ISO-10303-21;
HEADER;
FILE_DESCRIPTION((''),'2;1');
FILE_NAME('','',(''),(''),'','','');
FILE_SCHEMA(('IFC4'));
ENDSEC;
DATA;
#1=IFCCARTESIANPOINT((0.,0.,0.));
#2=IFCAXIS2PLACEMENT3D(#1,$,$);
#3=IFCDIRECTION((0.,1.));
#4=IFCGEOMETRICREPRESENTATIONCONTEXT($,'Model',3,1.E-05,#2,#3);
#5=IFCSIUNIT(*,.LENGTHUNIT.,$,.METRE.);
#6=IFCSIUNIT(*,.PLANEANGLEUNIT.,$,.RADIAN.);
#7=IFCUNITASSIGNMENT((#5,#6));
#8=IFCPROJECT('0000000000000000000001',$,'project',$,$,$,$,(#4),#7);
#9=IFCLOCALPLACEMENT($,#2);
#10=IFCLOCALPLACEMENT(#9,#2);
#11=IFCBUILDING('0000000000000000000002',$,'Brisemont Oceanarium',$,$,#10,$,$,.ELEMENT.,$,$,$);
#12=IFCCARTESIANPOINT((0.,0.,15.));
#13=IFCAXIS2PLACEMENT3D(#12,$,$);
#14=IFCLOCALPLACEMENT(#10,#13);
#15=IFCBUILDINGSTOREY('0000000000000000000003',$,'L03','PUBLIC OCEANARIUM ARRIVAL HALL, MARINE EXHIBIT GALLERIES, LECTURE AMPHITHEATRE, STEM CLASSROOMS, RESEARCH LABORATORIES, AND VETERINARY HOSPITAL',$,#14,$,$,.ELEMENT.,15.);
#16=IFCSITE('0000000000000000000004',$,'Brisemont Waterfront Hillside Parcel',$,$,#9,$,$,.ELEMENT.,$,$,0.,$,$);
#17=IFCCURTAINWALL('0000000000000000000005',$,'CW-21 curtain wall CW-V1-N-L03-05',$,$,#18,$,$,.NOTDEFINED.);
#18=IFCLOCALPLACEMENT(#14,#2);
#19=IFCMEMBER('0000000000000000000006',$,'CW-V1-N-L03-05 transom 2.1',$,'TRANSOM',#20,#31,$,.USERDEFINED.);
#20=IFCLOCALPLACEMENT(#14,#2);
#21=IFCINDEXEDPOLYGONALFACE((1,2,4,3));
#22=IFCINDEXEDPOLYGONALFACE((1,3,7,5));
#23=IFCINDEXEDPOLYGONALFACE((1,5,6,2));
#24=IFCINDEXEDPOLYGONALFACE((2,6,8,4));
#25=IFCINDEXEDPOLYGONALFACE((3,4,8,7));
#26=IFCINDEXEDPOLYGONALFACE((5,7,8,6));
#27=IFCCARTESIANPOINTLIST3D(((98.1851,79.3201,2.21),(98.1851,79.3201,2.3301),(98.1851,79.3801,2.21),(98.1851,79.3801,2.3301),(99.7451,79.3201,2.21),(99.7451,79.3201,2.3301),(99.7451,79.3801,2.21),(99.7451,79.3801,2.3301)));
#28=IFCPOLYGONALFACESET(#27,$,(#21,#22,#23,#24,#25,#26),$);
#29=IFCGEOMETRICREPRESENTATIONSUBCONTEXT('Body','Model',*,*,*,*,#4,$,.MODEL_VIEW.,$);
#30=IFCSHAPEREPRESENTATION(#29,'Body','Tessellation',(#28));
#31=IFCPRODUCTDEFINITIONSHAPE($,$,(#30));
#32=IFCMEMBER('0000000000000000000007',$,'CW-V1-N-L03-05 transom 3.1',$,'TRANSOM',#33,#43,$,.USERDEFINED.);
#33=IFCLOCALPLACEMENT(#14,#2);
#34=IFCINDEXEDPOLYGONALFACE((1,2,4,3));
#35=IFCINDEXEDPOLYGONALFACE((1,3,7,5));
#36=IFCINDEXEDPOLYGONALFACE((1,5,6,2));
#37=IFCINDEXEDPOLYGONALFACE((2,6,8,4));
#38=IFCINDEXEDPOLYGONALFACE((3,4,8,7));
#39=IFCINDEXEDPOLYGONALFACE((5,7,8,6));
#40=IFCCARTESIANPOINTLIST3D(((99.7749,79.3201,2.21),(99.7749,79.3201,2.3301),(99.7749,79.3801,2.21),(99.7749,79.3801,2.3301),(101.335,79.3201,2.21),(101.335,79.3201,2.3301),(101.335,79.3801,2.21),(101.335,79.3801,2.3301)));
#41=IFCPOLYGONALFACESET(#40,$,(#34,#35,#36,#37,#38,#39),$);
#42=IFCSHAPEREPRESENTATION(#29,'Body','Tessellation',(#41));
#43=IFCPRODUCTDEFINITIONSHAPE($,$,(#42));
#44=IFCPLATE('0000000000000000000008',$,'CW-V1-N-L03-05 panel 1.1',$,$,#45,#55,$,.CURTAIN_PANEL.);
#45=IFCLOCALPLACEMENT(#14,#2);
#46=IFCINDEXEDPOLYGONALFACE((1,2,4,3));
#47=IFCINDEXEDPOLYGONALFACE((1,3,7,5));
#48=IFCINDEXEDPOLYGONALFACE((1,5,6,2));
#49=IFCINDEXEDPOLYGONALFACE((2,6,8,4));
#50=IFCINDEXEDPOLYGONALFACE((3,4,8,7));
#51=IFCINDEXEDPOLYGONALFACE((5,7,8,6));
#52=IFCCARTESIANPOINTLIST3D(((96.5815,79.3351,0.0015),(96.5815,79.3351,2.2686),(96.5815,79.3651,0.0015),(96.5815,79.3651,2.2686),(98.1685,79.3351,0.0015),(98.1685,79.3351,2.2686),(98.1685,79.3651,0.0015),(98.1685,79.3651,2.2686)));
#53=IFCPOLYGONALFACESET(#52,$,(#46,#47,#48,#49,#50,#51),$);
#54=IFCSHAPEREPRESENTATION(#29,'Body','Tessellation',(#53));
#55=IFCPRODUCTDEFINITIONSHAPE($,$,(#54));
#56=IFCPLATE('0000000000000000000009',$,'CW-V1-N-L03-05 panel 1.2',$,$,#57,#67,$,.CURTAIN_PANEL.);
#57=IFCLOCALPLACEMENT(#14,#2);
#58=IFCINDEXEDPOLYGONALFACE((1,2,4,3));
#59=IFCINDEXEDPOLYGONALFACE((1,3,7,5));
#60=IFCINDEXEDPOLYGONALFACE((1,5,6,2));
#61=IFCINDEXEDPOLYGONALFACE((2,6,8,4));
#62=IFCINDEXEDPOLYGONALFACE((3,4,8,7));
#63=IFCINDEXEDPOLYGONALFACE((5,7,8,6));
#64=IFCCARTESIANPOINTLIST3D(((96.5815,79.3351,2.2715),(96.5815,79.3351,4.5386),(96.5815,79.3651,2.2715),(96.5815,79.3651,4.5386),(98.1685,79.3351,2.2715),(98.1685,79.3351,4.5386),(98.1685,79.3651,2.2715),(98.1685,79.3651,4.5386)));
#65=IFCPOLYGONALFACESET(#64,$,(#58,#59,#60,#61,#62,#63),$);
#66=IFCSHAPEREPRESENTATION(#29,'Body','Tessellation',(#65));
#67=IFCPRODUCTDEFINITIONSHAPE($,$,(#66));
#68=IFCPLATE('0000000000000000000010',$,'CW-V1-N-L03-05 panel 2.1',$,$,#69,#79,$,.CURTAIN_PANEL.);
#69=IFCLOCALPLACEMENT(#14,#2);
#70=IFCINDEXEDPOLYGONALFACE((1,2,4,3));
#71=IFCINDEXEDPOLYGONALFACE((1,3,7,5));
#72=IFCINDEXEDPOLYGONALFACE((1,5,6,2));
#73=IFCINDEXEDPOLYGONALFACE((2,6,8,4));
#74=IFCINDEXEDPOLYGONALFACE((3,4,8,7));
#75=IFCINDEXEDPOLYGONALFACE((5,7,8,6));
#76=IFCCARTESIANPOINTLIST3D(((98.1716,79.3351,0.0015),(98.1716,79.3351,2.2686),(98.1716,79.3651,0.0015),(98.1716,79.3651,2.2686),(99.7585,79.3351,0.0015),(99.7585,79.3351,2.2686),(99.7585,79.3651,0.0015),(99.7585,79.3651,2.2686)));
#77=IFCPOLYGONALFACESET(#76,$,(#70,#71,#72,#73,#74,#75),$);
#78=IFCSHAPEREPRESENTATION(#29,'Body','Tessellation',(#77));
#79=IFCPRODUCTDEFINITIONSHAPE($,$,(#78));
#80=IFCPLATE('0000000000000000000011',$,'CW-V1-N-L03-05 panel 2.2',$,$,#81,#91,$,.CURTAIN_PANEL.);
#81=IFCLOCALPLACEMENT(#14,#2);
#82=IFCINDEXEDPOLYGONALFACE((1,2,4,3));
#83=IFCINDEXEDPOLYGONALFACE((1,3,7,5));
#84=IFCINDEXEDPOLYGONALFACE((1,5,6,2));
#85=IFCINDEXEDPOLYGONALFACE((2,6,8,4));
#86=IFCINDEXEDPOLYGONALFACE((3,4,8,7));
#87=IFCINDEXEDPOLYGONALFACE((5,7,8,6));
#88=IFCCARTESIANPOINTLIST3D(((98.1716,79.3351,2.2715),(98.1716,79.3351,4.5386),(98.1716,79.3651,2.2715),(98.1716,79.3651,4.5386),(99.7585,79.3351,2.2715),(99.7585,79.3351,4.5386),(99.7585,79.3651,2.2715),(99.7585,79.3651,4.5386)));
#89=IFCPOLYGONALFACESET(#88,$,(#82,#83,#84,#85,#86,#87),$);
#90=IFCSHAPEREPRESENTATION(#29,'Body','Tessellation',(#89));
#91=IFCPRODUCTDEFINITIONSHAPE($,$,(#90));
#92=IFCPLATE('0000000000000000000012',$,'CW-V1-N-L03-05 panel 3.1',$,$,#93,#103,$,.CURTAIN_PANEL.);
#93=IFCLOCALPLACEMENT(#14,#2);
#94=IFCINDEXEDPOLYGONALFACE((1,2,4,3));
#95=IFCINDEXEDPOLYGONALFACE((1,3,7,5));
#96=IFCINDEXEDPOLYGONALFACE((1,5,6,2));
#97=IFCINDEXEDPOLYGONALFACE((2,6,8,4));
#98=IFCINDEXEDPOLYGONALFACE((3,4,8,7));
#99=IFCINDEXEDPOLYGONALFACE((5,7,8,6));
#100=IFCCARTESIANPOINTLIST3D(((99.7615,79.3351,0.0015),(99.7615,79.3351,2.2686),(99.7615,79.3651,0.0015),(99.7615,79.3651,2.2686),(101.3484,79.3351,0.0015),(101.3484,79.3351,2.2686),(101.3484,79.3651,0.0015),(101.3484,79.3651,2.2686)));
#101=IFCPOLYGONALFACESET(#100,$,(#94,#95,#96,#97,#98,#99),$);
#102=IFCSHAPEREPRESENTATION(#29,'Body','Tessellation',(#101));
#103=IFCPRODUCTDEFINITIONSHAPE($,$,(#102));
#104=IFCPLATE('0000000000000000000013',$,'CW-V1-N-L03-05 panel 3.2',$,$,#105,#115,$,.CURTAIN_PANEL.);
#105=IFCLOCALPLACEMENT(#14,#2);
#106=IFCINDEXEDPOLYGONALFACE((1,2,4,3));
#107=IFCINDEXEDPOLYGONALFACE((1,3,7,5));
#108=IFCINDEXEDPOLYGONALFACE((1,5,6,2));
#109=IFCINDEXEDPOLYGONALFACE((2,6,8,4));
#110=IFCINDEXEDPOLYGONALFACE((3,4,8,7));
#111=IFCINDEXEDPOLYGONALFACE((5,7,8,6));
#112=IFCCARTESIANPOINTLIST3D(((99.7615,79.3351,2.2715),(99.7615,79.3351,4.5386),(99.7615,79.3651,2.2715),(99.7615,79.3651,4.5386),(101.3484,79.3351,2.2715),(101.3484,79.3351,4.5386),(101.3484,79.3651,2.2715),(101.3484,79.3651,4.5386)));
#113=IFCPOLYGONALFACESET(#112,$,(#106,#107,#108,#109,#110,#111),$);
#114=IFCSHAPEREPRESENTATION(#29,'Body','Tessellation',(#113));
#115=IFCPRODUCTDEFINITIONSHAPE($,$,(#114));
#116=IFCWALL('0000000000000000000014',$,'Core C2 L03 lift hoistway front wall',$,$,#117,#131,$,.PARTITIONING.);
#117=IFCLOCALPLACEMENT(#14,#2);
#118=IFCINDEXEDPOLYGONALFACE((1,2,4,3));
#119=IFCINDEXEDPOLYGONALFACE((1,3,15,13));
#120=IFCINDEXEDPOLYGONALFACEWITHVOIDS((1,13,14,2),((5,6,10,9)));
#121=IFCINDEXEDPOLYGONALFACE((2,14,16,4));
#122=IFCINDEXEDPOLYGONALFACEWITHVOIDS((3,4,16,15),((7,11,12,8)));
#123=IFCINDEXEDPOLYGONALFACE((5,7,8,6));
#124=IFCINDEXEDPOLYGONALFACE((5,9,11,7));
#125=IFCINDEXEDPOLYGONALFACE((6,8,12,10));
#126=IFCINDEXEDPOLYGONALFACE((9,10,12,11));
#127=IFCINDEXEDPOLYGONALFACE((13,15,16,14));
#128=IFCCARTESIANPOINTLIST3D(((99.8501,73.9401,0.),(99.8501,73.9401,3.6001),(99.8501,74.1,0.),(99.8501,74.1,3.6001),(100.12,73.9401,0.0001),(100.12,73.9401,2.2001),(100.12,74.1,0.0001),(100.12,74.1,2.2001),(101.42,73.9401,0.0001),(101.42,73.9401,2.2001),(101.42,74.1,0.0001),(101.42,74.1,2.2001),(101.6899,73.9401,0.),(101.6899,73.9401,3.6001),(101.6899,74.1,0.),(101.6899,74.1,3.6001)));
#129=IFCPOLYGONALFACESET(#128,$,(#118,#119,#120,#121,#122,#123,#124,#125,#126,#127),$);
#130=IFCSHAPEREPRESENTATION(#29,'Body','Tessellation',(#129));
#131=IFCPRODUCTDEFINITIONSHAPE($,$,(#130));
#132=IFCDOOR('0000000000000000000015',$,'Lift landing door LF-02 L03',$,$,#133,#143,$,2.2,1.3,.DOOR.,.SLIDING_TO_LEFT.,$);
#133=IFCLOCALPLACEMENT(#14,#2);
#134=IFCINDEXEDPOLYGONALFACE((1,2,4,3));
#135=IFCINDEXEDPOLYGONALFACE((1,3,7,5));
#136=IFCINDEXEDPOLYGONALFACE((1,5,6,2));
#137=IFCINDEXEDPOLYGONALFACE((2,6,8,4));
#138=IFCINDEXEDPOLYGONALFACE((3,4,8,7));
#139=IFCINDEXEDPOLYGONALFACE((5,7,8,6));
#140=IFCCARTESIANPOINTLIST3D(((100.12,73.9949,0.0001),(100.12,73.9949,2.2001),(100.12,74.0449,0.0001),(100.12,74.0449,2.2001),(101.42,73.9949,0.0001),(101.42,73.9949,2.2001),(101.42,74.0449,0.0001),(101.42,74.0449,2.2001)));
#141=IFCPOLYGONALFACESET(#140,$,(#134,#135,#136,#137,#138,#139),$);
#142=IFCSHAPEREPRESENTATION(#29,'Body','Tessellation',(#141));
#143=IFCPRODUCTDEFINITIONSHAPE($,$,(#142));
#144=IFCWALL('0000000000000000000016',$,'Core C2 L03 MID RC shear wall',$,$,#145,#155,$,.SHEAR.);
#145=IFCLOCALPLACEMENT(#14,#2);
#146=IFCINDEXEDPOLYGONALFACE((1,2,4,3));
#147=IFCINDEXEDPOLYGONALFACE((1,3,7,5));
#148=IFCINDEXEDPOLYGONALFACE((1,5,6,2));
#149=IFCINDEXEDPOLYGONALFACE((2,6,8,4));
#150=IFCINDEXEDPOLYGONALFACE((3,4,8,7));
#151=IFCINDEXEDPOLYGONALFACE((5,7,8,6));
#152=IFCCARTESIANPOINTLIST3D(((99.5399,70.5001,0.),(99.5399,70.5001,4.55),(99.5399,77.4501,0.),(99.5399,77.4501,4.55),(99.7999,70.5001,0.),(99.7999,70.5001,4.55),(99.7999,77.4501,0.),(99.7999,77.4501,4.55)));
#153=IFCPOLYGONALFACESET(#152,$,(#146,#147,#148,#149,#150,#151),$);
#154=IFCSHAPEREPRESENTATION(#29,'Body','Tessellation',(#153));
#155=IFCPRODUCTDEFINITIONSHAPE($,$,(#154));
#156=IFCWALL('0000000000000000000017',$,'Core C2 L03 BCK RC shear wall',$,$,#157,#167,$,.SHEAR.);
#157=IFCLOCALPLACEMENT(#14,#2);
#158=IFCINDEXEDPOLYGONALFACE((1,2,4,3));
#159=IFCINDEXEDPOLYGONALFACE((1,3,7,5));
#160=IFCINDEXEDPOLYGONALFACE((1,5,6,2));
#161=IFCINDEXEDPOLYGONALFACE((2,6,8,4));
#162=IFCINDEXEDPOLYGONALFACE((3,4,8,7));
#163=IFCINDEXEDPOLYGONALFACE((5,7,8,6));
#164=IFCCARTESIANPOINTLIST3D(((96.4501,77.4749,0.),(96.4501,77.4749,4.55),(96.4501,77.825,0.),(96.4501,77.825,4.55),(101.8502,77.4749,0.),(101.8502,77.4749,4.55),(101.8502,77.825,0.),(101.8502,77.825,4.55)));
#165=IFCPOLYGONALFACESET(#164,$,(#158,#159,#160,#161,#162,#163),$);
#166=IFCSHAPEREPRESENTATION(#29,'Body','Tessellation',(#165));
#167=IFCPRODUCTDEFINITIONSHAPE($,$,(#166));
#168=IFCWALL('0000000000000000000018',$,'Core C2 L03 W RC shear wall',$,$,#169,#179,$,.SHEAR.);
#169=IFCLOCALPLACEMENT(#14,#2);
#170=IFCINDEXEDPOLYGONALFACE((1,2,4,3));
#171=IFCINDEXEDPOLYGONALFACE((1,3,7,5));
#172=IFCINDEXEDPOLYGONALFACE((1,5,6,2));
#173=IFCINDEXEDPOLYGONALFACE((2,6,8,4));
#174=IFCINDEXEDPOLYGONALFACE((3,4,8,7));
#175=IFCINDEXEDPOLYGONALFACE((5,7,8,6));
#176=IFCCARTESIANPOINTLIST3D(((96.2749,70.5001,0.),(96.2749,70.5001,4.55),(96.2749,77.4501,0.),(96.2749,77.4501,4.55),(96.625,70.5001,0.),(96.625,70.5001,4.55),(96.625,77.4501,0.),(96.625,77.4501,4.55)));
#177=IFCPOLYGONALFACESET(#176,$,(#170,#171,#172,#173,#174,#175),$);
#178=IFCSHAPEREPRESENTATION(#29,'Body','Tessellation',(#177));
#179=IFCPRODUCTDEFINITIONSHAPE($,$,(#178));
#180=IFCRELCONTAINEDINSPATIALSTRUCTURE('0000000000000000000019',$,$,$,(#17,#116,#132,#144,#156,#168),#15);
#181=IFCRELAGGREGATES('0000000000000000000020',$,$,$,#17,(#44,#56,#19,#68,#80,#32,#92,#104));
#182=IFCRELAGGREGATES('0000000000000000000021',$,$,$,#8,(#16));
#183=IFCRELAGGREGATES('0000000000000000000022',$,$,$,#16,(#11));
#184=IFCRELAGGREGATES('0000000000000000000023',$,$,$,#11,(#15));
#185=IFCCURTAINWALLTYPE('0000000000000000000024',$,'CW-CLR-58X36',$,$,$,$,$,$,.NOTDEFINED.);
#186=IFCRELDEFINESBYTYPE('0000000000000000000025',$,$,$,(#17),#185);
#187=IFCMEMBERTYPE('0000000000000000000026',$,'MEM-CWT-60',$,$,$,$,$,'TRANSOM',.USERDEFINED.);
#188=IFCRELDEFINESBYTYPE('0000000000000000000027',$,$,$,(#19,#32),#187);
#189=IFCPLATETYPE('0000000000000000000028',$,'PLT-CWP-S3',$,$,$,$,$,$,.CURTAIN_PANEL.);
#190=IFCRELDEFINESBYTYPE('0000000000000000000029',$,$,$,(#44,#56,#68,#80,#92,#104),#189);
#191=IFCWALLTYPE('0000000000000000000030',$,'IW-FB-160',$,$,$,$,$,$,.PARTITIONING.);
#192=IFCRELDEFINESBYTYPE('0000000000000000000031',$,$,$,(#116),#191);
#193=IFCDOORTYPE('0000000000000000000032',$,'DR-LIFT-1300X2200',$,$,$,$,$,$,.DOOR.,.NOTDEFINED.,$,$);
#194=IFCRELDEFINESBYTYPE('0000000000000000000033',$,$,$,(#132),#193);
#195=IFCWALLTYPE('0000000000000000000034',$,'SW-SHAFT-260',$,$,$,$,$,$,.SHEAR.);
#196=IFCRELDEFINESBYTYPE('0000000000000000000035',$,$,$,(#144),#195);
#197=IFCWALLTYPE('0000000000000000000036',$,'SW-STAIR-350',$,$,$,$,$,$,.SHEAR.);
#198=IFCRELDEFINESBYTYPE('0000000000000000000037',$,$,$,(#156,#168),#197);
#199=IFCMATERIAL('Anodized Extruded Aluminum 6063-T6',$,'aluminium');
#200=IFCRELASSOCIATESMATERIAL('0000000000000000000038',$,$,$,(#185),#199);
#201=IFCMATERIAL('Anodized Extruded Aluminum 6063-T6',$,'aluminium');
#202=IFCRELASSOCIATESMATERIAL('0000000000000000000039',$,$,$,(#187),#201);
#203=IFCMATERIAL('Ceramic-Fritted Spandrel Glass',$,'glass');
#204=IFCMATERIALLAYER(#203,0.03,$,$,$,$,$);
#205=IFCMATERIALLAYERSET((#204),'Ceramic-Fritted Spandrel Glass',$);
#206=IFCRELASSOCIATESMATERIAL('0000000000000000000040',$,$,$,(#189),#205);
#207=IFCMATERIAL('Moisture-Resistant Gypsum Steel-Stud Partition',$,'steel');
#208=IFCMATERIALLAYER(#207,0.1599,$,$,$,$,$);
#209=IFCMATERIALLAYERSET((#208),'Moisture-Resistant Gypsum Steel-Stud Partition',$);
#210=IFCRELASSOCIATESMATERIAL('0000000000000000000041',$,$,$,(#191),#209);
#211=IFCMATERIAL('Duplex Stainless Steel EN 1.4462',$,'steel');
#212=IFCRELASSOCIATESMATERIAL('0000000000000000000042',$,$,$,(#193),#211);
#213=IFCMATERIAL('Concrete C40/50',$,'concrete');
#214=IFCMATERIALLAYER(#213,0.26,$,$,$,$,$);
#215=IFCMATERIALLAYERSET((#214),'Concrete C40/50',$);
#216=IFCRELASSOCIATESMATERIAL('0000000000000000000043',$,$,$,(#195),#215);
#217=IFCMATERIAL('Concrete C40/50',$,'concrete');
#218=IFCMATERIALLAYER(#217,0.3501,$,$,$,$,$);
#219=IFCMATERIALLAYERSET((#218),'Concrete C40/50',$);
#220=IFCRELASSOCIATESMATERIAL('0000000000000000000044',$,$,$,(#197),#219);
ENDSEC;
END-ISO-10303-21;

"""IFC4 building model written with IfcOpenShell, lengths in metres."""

from ifc_helpers import new_model, si_unit, direction, frame, frame_2d, origin, origin_2d, place, context, subcontext, project, spatial, rectangle, extrude, material, layer, layer_set, material_profile, profile_set, type_object, element, fill, aggregate, save


model = new_model("IFC4")

# Units and contexts
model_context = context("Model", 3, precision=1e-05, world=origin(), true_north=direction((0.0, 1.0)))
body_context = subcontext(model_context, "Body", "Model", "MODEL_VIEW")
ifc_project = project(units=[si_unit("LENGTHUNIT", "METRE"), si_unit("PLANEANGLEUNIT", "RADIAN")], contexts=[model_context])

# Site, building, storey
site_placement = place(None, origin())
site = spatial("IfcSite", under=ifc_project, at=site_placement, Name="Brisemont Waterfront Hillside Parcel", CompositionType="ELEMENT", RefElevation=0.0)
building_placement = place(site_placement, origin())
building = spatial("IfcBuilding", under=site, at=building_placement, Name="Brisemont Oceanarium", CompositionType="ELEMENT")
storey_placement = place(building_placement, frame((0.0, 0.0, 15.0)))
storey = spatial("IfcBuildingStorey", under=building, at=storey_placement, Name="L03", Description="PUBLIC OCEANARIUM ARRIVAL HALL, MARINE EXHIBIT GALLERIES, LECTURE AMPHITHEATRE, STEM CLASSROOMS, RESEARCH LABORATORIES, AND VETERINARY HOSPITAL", CompositionType="ELEMENT", Elevation=15.0)

# Curtain wall, members, plates
ifc_material_1 = material(Name="Anodized Extruded Aluminum 6063-T6", Category="aluminium")
curtain_wall_type = type_object("IfcCurtainWallType", Name="CW-CLR-58X36", PredefinedType="NOTDEFINED", material=ifc_material_1)
curtain_wall_placement = place(storey_placement, origin())
curtain_wall = element("IfcCurtainWall", 1, at=curtain_wall_placement, inside=storey, type_object=curtain_wall_type, Name="CW-21 curtain wall CW-V1-N-L03-05", PredefinedType="NOTDEFINED")
ifc_material_2 = material(Name="Anodized Extruded Aluminum 6063-T6", Category="aluminium")
ifc_material_profile_1 = material_profile(ifc_material_2, rectangle(XDim=0.0601, YDim=0.1201, at=origin_2d()), Name="CWT-60X120")
ifc_profile_set_1 = profile_set([ifc_material_profile_1], Name="Anodized Extruded Aluminum 6063-T6")
member_type_1 = type_object("IfcMemberType", Name="MEM-CWT-60", ElementType="TRANSOM", PredefinedType="USERDEFINED", material=ifc_profile_set_1)
member_1_placement = place(storey_placement, frame((98.1851, 79.3501, 2.27), z_axis=(1.0, 0.0, 0.0), x_axis=(0.0, 1.0, 0.0)))
member_1 = element("IfcMember", 2, at=member_1_placement, type_object=member_type_1, Name="CW-V1-N-L03-05 transom 2.1", ObjectType="TRANSOM", PredefinedType="USERDEFINED", context=body_context, shape_type="SweptSolid", body=[
    extrude(rectangle(XDim=0.0601, YDim=0.1201, at=origin_2d()), origin(), (0.0, 0.0, 1.0), 1.5601),
])
member_2_placement = place(storey_placement, frame((99.7749, 79.3501, 2.27), z_axis=(1.0, 0.0, 0.0), x_axis=(0.0, 1.0, 0.0)))
member_2 = element("IfcMember", 3, at=member_2_placement, type_object=member_type_1, Name="CW-V1-N-L03-05 transom 3.1", ObjectType="TRANSOM", PredefinedType="USERDEFINED", context=body_context, shape_type="SweptSolid", body=[
    extrude(rectangle(XDim=0.0601, YDim=0.1201, at=origin_2d()), origin(), (0.0, 0.0, 1.0), 1.5601),
])
ifc_material_3 = material(Name="Ceramic-Fritted Spandrel Glass", Category="glass")
ifc_layer_1 = layer(ifc_material_3, 0.03)
ifc_layer_set_1 = layer_set([ifc_layer_1], Name="Ceramic-Fritted Spandrel Glass")
plate_type = type_object("IfcPlateType", Name="PLT-CWP-S3", PredefinedType="CURTAIN_PANEL", material=ifc_layer_set_1)
plate_1_placement = place(storey_placement, frame((97.375, 79.3501, 0.0015), z_axis=(0.0, 0.0, 1.0), x_axis=(1.0, 0.0, 0.0)))
plate_1 = element("IfcPlate", 4, at=plate_1_placement, type_object=plate_type, Name="CW-V1-N-L03-05 panel 1.1", PredefinedType="CURTAIN_PANEL", context=body_context, shape_type="SweptSolid", body=[
    extrude(rectangle(XDim=1.5869, YDim=0.03, at=origin_2d()), origin(), (0.0, 0.0, 1.0), 2.2671),
])
plate_2_placement = place(storey_placement, frame((97.375, 79.3501, 2.2715), z_axis=(0.0, 0.0, 1.0), x_axis=(1.0, 0.0, 0.0)))
plate_2 = element("IfcPlate", 5, at=plate_2_placement, type_object=plate_type, Name="CW-V1-N-L03-05 panel 1.2", PredefinedType="CURTAIN_PANEL", context=body_context, shape_type="SweptSolid", body=[
    extrude(rectangle(XDim=1.5869, YDim=0.03, at=origin_2d()), origin(), (0.0, 0.0, 1.0), 2.2671),
])
plate_3_placement = place(storey_placement, frame((98.9651, 79.3501, 0.0015), z_axis=(0.0, 0.0, 1.0), x_axis=(1.0, 0.0, 0.0)))
plate_3 = element("IfcPlate", 6, at=plate_3_placement, type_object=plate_type, Name="CW-V1-N-L03-05 panel 2.1", PredefinedType="CURTAIN_PANEL", context=body_context, shape_type="SweptSolid", body=[
    extrude(rectangle(XDim=1.5869, YDim=0.03, at=origin_2d()), origin(), (0.0, 0.0, 1.0), 2.2671),
])
plate_4_placement = place(storey_placement, frame((98.9651, 79.3501, 2.2715), z_axis=(0.0, 0.0, 1.0), x_axis=(1.0, 0.0, 0.0)))
plate_4 = element("IfcPlate", 7, at=plate_4_placement, type_object=plate_type, Name="CW-V1-N-L03-05 panel 2.2", PredefinedType="CURTAIN_PANEL", context=body_context, shape_type="SweptSolid", body=[
    extrude(rectangle(XDim=1.5869, YDim=0.03, at=origin_2d()), origin(), (0.0, 0.0, 1.0), 2.2671),
])
plate_5_placement = place(storey_placement, frame((100.5549, 79.3501, 0.0015), z_axis=(0.0, 0.0, 1.0), x_axis=(1.0, 0.0, 0.0)))
plate_5 = element("IfcPlate", 8, at=plate_5_placement, type_object=plate_type, Name="CW-V1-N-L03-05 panel 3.1", PredefinedType="CURTAIN_PANEL", context=body_context, shape_type="SweptSolid", body=[
    extrude(rectangle(XDim=1.5869, YDim=0.03, at=origin_2d()), origin(), (0.0, 0.0, 1.0), 2.2671),
])
plate_6_placement = place(storey_placement, frame((100.5549, 79.3501, 2.2715), z_axis=(0.0, 0.0, 1.0), x_axis=(1.0, 0.0, 0.0)))
plate_6 = element("IfcPlate", 9, at=plate_6_placement, type_object=plate_type, Name="CW-V1-N-L03-05 panel 3.2", PredefinedType="CURTAIN_PANEL", context=body_context, shape_type="SweptSolid", body=[
    extrude(rectangle(XDim=1.5869, YDim=0.03, at=origin_2d()), origin(), (0.0, 0.0, 1.0), 2.2671),
])
aggregate(curtain_wall, [plate_1, plate_2, member_1, plate_3, plate_4, member_2, plate_5, plate_6])

# Wall, opening, door
ifc_material_4 = material(Name="Moisture-Resistant Gypsum Steel-Stud Partition", Category="steel")
ifc_layer_2 = layer(ifc_material_4, 0.1599)
ifc_layer_set_2 = layer_set([ifc_layer_2], Name="Moisture-Resistant Gypsum Steel-Stud Partition")
wall_type_1 = type_object("IfcWallType", Name="IW-FB-160", PredefinedType="PARTITIONING", material=ifc_layer_set_2)
wall_1_placement = place(storey_placement, frame((99.8501, 74.02, 0.0), z_axis=(0.0, 0.0, 1.0), x_axis=(1.0, 0.0, 0.0)))
wall_1 = element("IfcWall", 10, at=wall_1_placement, inside=storey, type_object=wall_type_1, Name="Core C2 L03 lift hoistway front wall", PredefinedType="PARTITIONING", context=body_context, shape_type="SweptSolid", body=[
    extrude(rectangle(XDim=1.8398, YDim=0.1599, at=frame_2d((0.9199, 0.0))), origin(), (0.0, 0.0, 1.0), 3.6001),
])
opening_1_placement = place(wall_1_placement, frame((0.27, 0.0, 0.0)))
opening_1 = element("IfcOpeningElement", 11, at=opening_1_placement, cuts=wall_1, PredefinedType="OPENING", context=body_context, shape_type="SweptSolid", body=[
    extrude(rectangle(XDim=1.3, YDim=2.2, at=frame_2d((0.6499, 1.1001))), frame((0.0, 0.0898, 0.0), z_axis=(0.0, -1.0, 0.0), x_axis=(1.0, 0.0, 0.0)), (0.0, 0.0, 1.0), 0.1799),
])
ifc_material_5 = material(Name="Duplex Stainless Steel EN 1.4462", Category="steel")
door_type_1 = type_object("IfcDoorType", Name="DR-LIFT-1300X2200", OperationType="NOTDEFINED", PredefinedType="DOOR", material=ifc_material_5)
door_1_placement = place(opening_1_placement, origin())
door_1 = element("IfcDoor", 12, at=door_1_placement, inside=storey, type_object=door_type_1, Name="Lift landing door LF-02 L03", OperationType="SLIDING_TO_LEFT", OverallHeight=2.2, OverallWidth=1.3, PredefinedType="DOOR", context=body_context, shape_type="SweptSolid", body=[
    extrude(rectangle(XDim=1.3, YDim=2.2, at=frame_2d((0.6499, 1.1001))), frame((0.0, 0.0249, 0.0), z_axis=(0.0, -1.0, 0.0), x_axis=(1.0, 0.0, 0.0)), (0.0, 0.0, 1.0), 0.05),
])
fill(opening_1, door_1)

# Wall
ifc_material_6 = material(Name="Concrete C40/50", Category="concrete")
ifc_layer_3 = layer(ifc_material_6, 0.26)
ifc_layer_set_3 = layer_set([ifc_layer_3], Name="Concrete C40/50")
wall_type_2 = type_object("IfcWallType", Name="SW-SHAFT-260", PredefinedType="SHEAR", material=ifc_layer_set_3)
wall_2_placement = place(storey_placement, frame((99.6699, 70.5, 0.0), z_axis=(0.0, 0.0, 1.0), x_axis=(0.0, 1.0, 0.0)))
element("IfcWall", 13, at=wall_2_placement, inside=storey, type_object=wall_type_2, Name="Core C2 L03 MID RC shear wall", PredefinedType="SHEAR", context=body_context, shape_type="SweptSolid", body=[
    extrude(rectangle(XDim=6.95, YDim=0.26, at=frame_2d((3.4751, 0.0))), origin(), (0.0, 0.0, 1.0), 4.55),
])

# Shared definitions
ifc_material_7 = material(Name="Concrete C40/50", Category="concrete")
ifc_layer_4 = layer(ifc_material_7, 0.3501)
ifc_layer_set_4 = layer_set([ifc_layer_4], Name="Concrete C40/50")
wall_type_3 = type_object("IfcWallType", Name="SW-STAIR-350", PredefinedType="SHEAR", material=ifc_layer_set_4)

# Walls
wall_3_placement = place(storey_placement, frame((96.45, 77.6499, 0.0), z_axis=(0.0, 0.0, 1.0), x_axis=(1.0, 0.0, 0.0)))
element("IfcWall", 14, at=wall_3_placement, inside=storey, type_object=wall_type_3, Name="Core C2 L03 BCK RC shear wall", PredefinedType="SHEAR", context=body_context, shape_type="SweptSolid", body=[
    extrude(rectangle(XDim=5.4001, YDim=0.3501, at=frame_2d((2.7002, 0.0))), origin(), (0.0, 0.0, 1.0), 4.55),
])
wall_4_placement = place(storey_placement, frame((96.45, 70.5, 0.0), z_axis=(0.0, 0.0, 1.0), x_axis=(0.0, 1.0, 0.0)))
element("IfcWall", 15, at=wall_4_placement, inside=storey, type_object=wall_type_3, Name="Core C2 L03 W RC shear wall", PredefinedType="SHEAR", context=body_context, shape_type="SweptSolid", body=[
    extrude(rectangle(XDim=6.95, YDim=0.3501, at=frame_2d((3.4751, 0.0))), origin(), (0.0, 0.0, 1.0), 4.55),
])

save(model, "model.ifc")
